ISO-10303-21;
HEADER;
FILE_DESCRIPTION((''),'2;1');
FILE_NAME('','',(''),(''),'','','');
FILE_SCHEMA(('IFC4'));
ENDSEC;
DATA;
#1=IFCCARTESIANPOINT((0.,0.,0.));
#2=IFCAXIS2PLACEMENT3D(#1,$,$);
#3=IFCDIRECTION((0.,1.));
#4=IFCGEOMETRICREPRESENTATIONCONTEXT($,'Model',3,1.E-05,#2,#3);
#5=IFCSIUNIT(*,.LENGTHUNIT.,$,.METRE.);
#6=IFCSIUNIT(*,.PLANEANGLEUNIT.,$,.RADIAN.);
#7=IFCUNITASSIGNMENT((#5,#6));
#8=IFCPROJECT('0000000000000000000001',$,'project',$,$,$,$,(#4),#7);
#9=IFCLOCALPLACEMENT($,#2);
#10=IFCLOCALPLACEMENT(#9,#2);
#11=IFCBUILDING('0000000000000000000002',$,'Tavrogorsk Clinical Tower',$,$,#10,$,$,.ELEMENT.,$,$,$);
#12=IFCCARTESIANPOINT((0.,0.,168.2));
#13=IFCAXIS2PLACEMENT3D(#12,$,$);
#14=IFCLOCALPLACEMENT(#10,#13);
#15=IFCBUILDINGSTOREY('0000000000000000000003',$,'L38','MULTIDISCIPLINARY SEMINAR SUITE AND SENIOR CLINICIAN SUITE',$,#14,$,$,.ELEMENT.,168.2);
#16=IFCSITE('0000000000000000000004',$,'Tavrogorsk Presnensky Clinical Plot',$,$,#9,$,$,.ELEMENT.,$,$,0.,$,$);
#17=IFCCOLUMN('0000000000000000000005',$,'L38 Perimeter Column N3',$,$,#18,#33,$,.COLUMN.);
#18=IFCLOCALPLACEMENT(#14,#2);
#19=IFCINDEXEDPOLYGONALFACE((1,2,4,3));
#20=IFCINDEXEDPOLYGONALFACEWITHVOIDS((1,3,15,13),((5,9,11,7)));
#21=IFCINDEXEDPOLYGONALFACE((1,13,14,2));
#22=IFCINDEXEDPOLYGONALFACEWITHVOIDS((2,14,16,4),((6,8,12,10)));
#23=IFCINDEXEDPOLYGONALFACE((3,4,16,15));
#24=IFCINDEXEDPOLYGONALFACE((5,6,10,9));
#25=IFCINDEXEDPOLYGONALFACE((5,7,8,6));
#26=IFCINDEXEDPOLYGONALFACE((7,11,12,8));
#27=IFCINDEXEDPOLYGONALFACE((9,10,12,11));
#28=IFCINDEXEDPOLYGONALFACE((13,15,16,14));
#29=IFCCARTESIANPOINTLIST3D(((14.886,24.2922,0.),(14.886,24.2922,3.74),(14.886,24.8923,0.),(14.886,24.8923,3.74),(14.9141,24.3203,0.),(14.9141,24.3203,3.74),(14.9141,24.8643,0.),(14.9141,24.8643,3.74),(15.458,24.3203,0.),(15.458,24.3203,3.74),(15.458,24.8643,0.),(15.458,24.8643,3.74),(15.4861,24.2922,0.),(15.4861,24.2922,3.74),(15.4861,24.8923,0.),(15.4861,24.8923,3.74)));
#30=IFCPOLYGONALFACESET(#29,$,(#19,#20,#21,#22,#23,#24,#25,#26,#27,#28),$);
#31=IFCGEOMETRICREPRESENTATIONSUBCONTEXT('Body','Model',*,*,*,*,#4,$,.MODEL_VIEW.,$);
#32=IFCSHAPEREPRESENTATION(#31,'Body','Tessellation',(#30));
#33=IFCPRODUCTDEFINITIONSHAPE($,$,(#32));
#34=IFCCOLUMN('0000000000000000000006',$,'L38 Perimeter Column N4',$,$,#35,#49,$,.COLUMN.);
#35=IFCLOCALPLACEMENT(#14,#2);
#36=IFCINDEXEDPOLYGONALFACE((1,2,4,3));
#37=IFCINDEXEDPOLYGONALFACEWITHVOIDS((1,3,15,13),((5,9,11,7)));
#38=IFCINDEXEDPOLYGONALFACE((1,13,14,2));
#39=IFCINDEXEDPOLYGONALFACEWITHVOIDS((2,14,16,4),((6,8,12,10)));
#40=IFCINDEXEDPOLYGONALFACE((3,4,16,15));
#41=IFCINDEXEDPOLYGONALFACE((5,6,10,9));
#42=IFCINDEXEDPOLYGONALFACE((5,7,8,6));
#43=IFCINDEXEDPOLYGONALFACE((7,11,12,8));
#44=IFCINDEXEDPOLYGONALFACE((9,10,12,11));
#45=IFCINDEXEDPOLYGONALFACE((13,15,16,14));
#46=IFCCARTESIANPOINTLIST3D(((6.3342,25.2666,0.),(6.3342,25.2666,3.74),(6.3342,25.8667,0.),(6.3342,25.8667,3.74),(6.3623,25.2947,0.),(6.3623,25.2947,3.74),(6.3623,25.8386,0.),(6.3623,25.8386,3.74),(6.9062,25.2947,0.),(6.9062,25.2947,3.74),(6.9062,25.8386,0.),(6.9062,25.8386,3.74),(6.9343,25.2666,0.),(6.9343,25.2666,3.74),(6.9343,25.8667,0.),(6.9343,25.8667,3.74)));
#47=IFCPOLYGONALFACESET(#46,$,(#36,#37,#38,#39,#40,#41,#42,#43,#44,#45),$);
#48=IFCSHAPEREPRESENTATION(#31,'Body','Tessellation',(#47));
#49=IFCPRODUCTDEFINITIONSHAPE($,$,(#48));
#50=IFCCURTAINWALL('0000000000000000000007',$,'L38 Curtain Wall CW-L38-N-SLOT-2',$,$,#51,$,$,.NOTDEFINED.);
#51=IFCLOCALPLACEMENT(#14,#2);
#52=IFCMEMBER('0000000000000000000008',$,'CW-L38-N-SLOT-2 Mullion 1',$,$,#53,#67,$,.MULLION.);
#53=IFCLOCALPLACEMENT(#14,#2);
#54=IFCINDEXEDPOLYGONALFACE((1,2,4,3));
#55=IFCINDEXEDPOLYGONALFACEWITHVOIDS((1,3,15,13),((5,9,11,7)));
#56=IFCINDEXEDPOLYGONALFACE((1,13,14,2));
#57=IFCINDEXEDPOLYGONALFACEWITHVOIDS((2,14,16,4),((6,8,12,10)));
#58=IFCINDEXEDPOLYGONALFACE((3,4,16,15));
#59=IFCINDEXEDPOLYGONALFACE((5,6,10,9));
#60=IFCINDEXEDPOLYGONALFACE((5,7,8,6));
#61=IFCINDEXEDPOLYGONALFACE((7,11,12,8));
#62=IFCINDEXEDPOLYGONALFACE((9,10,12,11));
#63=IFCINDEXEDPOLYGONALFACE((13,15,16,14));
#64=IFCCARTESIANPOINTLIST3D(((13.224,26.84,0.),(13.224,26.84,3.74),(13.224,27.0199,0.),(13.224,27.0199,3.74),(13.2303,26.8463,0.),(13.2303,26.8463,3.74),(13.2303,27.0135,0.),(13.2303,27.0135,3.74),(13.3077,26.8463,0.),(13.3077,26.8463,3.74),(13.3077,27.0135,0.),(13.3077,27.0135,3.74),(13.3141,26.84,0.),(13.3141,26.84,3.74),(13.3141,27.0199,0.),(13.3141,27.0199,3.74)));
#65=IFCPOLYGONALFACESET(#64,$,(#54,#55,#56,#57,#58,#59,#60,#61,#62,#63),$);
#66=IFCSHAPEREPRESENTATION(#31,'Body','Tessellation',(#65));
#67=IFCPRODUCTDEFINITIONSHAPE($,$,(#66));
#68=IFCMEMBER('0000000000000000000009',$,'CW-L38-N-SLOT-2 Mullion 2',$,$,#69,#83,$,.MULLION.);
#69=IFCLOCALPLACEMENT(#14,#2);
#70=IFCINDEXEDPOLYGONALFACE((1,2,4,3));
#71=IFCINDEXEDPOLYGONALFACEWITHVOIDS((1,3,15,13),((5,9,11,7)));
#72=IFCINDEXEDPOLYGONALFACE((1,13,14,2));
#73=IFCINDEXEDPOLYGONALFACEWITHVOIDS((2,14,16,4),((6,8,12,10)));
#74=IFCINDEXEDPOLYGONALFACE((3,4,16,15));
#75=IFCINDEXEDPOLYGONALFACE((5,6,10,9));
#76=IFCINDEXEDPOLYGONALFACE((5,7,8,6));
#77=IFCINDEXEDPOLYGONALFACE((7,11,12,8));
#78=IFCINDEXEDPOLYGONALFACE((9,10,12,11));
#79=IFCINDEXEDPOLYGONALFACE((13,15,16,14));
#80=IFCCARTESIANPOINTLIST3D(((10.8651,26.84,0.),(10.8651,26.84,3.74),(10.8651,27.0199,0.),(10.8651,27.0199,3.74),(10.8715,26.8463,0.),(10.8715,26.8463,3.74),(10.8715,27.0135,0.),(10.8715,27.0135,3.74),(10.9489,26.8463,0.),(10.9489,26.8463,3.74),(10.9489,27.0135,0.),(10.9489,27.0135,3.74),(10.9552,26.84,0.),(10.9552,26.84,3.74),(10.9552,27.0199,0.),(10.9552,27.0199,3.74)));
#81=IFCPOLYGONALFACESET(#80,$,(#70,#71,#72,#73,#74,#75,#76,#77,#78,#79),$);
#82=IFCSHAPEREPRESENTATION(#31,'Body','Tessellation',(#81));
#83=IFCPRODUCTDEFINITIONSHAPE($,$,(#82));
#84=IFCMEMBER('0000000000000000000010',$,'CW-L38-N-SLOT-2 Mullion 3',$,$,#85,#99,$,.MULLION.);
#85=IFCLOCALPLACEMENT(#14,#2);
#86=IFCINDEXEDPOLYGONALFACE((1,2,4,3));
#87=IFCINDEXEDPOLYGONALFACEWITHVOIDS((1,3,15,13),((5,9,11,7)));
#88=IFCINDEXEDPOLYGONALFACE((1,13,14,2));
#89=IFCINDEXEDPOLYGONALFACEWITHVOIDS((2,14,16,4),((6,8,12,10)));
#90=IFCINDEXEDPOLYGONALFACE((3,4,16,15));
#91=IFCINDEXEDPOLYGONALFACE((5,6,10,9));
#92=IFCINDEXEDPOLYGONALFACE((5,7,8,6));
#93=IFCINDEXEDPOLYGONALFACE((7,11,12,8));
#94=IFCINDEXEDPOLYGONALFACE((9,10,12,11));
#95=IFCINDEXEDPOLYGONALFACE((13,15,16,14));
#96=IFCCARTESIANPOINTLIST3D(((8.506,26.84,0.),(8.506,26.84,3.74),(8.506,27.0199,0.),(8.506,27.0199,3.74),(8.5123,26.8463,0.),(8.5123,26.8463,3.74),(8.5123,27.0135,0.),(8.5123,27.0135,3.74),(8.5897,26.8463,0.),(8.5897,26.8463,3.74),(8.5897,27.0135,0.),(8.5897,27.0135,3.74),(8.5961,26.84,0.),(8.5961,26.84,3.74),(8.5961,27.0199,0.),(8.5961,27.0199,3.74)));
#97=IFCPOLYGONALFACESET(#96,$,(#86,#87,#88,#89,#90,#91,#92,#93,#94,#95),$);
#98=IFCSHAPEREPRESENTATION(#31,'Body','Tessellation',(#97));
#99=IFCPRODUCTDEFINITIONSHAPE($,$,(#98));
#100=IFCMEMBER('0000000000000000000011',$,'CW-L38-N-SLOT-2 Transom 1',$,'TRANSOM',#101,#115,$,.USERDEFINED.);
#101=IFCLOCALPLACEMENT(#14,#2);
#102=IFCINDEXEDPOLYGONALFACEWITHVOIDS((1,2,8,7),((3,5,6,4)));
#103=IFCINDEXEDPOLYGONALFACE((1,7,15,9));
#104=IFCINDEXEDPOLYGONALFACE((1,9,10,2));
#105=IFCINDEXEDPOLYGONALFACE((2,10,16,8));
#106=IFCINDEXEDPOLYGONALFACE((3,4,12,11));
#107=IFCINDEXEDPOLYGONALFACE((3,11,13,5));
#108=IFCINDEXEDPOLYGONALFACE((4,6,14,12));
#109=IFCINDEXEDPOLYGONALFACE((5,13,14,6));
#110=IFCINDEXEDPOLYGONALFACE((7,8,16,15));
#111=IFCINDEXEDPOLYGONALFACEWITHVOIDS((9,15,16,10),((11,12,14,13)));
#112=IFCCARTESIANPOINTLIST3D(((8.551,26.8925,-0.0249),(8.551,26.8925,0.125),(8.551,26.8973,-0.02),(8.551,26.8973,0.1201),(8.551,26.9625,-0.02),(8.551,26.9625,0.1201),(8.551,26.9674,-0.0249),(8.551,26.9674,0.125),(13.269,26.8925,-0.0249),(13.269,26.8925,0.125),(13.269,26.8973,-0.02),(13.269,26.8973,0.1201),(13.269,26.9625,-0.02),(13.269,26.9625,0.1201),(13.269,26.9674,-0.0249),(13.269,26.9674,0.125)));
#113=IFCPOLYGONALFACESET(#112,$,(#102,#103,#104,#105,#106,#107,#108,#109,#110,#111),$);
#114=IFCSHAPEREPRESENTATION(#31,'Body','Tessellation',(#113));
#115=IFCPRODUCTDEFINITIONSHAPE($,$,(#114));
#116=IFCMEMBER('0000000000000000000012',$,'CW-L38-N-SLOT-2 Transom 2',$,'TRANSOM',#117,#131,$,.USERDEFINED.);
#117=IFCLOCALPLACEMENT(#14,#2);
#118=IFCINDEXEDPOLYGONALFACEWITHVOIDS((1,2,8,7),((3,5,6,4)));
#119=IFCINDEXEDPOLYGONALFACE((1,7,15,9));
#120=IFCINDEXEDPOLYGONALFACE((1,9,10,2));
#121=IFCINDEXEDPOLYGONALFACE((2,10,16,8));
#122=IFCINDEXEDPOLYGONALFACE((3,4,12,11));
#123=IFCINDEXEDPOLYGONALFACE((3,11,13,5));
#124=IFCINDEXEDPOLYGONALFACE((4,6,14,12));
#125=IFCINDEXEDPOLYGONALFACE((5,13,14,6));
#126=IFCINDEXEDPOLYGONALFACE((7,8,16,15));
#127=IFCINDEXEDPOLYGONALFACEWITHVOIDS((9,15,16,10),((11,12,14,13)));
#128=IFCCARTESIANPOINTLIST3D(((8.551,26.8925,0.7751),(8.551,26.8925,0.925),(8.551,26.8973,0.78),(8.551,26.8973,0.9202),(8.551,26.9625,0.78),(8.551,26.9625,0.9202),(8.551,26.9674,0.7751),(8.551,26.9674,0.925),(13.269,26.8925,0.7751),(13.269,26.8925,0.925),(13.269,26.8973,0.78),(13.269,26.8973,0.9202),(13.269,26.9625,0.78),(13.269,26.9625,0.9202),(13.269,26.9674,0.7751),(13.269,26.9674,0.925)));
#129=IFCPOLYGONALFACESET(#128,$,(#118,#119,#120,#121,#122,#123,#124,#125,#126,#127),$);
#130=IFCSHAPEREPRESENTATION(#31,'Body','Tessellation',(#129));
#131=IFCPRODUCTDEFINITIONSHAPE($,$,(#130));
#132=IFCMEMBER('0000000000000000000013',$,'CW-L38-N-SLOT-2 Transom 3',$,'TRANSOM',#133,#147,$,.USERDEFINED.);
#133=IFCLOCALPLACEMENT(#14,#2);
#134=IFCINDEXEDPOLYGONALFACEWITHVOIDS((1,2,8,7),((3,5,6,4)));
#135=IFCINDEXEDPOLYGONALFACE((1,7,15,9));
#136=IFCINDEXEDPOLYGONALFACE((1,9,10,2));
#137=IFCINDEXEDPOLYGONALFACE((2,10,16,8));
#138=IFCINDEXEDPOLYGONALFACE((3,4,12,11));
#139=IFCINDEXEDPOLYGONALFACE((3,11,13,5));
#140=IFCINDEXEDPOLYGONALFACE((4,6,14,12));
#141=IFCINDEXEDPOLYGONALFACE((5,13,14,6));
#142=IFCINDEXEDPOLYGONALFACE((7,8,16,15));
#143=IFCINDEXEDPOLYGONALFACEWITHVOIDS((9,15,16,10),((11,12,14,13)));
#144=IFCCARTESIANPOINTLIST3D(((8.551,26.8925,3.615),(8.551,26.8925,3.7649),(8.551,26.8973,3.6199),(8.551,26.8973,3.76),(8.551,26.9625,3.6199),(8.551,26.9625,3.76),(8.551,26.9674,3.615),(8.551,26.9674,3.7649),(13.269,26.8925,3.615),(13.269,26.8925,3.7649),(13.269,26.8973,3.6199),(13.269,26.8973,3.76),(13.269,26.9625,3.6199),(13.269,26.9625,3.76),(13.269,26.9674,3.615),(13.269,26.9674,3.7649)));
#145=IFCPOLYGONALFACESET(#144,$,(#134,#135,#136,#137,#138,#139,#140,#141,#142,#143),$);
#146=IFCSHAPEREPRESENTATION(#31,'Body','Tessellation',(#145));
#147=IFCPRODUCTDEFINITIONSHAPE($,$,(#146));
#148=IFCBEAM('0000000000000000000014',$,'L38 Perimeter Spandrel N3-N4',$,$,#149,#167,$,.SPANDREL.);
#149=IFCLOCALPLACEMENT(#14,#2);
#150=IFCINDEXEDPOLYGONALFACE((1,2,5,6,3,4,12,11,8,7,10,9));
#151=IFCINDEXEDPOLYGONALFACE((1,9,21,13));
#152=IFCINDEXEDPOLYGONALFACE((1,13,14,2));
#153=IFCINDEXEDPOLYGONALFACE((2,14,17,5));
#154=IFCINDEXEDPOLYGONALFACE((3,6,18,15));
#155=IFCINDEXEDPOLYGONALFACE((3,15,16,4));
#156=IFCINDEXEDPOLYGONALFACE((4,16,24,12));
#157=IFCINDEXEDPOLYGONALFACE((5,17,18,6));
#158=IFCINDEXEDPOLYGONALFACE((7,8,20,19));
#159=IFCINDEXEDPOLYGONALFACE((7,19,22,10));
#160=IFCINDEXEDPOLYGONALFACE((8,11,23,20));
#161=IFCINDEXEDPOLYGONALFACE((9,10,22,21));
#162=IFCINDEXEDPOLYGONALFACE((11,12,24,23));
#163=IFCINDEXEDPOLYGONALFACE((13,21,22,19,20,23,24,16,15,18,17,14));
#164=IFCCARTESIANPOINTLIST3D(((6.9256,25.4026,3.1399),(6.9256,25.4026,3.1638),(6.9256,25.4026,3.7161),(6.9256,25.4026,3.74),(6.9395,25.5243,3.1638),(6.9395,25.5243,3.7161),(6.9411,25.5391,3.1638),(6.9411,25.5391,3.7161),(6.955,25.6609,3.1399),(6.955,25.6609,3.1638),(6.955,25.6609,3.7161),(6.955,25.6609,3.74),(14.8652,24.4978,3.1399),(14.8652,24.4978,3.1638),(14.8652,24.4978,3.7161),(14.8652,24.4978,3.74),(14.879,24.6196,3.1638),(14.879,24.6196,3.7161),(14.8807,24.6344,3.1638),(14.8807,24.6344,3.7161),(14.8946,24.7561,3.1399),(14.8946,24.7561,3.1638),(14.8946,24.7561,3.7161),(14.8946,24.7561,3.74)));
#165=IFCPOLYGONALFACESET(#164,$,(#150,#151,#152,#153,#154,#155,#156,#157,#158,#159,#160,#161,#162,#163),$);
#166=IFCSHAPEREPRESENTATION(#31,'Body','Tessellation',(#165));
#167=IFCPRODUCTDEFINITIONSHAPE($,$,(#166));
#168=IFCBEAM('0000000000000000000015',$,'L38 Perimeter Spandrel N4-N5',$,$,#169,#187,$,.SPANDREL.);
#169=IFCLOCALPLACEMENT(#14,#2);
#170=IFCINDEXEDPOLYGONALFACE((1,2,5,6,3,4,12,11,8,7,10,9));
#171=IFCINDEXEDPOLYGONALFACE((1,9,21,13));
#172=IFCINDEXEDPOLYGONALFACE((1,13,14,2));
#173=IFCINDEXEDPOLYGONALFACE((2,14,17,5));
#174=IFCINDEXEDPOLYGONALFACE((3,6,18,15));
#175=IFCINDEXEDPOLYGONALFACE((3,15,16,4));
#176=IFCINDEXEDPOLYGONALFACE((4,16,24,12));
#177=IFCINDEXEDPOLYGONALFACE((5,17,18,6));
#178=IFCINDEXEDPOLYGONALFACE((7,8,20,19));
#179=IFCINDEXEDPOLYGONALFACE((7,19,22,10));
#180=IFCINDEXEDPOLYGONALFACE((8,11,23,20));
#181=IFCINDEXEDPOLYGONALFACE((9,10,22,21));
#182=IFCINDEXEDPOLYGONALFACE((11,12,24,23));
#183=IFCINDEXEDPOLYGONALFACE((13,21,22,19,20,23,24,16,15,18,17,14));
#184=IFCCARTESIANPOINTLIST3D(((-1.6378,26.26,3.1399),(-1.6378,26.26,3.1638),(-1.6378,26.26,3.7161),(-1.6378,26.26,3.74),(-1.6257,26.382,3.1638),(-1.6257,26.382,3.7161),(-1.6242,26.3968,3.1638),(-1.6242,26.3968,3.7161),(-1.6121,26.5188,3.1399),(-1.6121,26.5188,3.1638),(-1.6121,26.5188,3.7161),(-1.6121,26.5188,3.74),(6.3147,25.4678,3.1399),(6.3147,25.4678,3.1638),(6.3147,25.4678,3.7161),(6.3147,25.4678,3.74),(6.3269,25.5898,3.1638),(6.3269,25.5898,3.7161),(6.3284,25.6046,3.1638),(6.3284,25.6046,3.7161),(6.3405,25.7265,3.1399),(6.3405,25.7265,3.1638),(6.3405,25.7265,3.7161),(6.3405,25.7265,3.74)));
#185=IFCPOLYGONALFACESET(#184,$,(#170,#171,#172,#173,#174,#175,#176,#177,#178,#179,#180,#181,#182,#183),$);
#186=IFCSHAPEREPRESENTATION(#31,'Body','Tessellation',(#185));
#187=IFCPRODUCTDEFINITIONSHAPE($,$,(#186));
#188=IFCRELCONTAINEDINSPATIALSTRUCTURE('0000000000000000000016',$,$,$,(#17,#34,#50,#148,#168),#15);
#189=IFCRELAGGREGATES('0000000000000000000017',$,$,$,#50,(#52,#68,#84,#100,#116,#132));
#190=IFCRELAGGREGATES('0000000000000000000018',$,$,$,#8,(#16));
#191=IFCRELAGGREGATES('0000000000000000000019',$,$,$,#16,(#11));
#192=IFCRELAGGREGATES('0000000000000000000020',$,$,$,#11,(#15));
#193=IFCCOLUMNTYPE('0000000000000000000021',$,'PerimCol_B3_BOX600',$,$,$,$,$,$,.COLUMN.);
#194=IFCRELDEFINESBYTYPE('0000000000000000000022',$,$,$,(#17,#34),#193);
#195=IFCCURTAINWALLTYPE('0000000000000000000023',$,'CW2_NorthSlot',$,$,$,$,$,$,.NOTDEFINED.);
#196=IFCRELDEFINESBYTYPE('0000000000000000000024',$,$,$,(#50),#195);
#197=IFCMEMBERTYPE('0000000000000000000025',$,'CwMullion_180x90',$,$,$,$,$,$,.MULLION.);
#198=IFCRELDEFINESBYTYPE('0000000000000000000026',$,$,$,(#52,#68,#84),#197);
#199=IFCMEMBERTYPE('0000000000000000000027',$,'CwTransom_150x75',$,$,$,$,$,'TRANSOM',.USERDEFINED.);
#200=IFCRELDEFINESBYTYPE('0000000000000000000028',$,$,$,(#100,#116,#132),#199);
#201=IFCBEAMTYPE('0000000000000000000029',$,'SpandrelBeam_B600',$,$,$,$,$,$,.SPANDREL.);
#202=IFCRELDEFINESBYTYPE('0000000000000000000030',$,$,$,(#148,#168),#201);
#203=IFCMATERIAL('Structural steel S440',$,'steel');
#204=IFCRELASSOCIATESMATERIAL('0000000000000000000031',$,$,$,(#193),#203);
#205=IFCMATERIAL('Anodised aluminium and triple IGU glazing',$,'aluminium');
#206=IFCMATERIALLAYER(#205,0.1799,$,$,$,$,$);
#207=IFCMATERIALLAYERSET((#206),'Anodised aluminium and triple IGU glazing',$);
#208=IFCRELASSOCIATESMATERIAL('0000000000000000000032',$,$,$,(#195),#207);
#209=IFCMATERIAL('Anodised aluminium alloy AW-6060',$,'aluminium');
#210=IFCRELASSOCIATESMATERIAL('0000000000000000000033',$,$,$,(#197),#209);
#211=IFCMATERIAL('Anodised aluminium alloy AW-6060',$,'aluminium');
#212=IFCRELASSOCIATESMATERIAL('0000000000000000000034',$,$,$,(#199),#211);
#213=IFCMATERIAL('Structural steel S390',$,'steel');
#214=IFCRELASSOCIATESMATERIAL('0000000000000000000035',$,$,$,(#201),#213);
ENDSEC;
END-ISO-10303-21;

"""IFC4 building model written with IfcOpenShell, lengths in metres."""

from ifc_helpers import new_model, si_unit, direction, frame, origin, origin_2d, place, context, subcontext, project, spatial, hollow_rectangle, i_section, extrude, material, layer, layer_set, material_profile, profile_set, type_object, element, aggregate, save


model = new_model("IFC4")

# Units and contexts
model_context = context("Model", 3, precision=1e-05, world=origin(), true_north=direction((0.0, 1.0)))
body_context = subcontext(model_context, "Body", "Model", "MODEL_VIEW")
ifc_project = project(units=[si_unit("LENGTHUNIT", "METRE"), si_unit("PLANEANGLEUNIT", "RADIAN")], contexts=[model_context])

# Site, building, storey
site_placement = place(None, origin())
site = spatial("IfcSite", under=ifc_project, at=site_placement, Name="Tavrogorsk Presnensky Clinical Plot", CompositionType="ELEMENT", RefElevation=0.0)
building_placement = place(site_placement, origin())
building = spatial("IfcBuilding", under=site, at=building_placement, Name="Tavrogorsk Clinical Tower", CompositionType="ELEMENT")
storey_placement = place(building_placement, frame((0.0, 0.0, 168.2)))
storey = spatial("IfcBuildingStorey", under=building, at=storey_placement, Name="L38", Description="MULTIDISCIPLINARY SEMINAR SUITE AND SENIOR CLINICIAN SUITE", CompositionType="ELEMENT", Elevation=168.2)

# Columns
ifc_material_1 = material(Name="Structural steel S440", Category="steel")
ifc_material_profile_1 = material_profile(ifc_material_1, hollow_rectangle(XDim=0.6001, YDim=0.6001, WallThickness=0.0281, at=origin_2d()), Name="BOX-600x600x28")
ifc_profile_set_1 = profile_set([ifc_material_profile_1], Name="Structural steel S440")
column_type = type_object("IfcColumnType", Name="PerimCol_B3_BOX600", PredefinedType="COLUMN", material=ifc_profile_set_1)
for number, where, z_axis, x_axis, name in (
    (1, (15.186, 24.5923, 0.0), (0.0, 0.0, 1.0), (1.0, 0.0, 0.0), "L38 Perimeter Column N3"),
    (2, (6.6343, 25.5667, 0.0), (0.0, 0.0, 1.0), (1.0, 0.0, 0.0), "L38 Perimeter Column N4"),
):
    element("IfcColumn", number, at=place(storey_placement, frame(where, z_axis=z_axis, x_axis=x_axis)), inside=storey, type_object=column_type, Name=name, PredefinedType="COLUMN", context=body_context, shape_type="SweptSolid", body=[
        extrude(hollow_rectangle(XDim=0.6001, YDim=0.6001, WallThickness=0.0281, at=origin_2d()), origin(), (0.0, 0.0, 1.0), 3.74),
    ])

# Curtain wall, members
ifc_material_2 = material(Name="Anodised aluminium and triple IGU glazing", Category="aluminium")
ifc_layer_1 = layer(ifc_material_2, 0.1799)
ifc_layer_set_1 = layer_set([ifc_layer_1], Name="Anodised aluminium and triple IGU glazing")
curtain_wall_type = type_object("IfcCurtainWallType", Name="CW2_NorthSlot", PredefinedType="NOTDEFINED", material=ifc_layer_set_1)
curtain_wall_placement = place(storey_placement, origin())
curtain_wall = element("IfcCurtainWall", 3, at=curtain_wall_placement, inside=storey, type_object=curtain_wall_type, Name="L38 Curtain Wall CW-L38-N-SLOT-2", PredefinedType="NOTDEFINED")
ifc_material_3 = material(Name="Anodised aluminium alloy AW-6060", Category="aluminium")
ifc_material_profile_2 = material_profile(ifc_material_3, hollow_rectangle(XDim=0.0901, YDim=0.1799, WallThickness=0.0063, at=origin_2d()), Name="RHS-180x90x6.3")
ifc_profile_set_2 = profile_set([ifc_material_profile_2], Name="Anodised aluminium alloy AW-6060")
member_type_1 = type_object("IfcMemberType", Name="CwMullion_180x90", PredefinedType="MULLION", material=ifc_profile_set_2)
member_1_placement = place(storey_placement, frame((13.269, 26.9299, 0.0), z_axis=(0.0, 0.0, 1.0), x_axis=(-1.0, 0.0, 0.0)))
member_1 = element("IfcMember", 4, at=member_1_placement, type_object=member_type_1, Name="CW-L38-N-SLOT-2 Mullion 1", PredefinedType="MULLION", context=body_context, shape_type="SweptSolid", body=[
    extrude(hollow_rectangle(XDim=0.0901, YDim=0.1799, WallThickness=0.0063, at=origin_2d()), origin(), (0.0, 0.0, 1.0), 3.74),
])
member_2_placement = place(storey_placement, frame((10.9102, 26.9299, 0.0), z_axis=(0.0, 0.0, 1.0), x_axis=(-1.0, 0.0, 0.0)))
member_2 = element("IfcMember", 5, at=member_2_placement, type_object=member_type_1, Name="CW-L38-N-SLOT-2 Mullion 2", PredefinedType="MULLION", context=body_context, shape_type="SweptSolid", body=[
    extrude(hollow_rectangle(XDim=0.0901, YDim=0.1799, WallThickness=0.0063, at=origin_2d()), origin(), (0.0, 0.0, 1.0), 3.74),
])
member_3_placement = place(storey_placement, frame((8.551, 26.9299, 0.0), z_axis=(0.0, 0.0, 1.0), x_axis=(-1.0, 0.0, 0.0)))
member_3 = element("IfcMember", 6, at=member_3_placement, type_object=member_type_1, Name="CW-L38-N-SLOT-2 Mullion 3", PredefinedType="MULLION", context=body_context, shape_type="SweptSolid", body=[
    extrude(hollow_rectangle(XDim=0.0901, YDim=0.1799, WallThickness=0.0063, at=origin_2d()), origin(), (0.0, 0.0, 1.0), 3.74),
])
ifc_material_4 = material(Name="Anodised aluminium alloy AW-6060", Category="aluminium")
ifc_material_profile_3 = material_profile(ifc_material_4, hollow_rectangle(XDim=0.075, YDim=0.1499, WallThickness=0.0049, at=origin_2d()), Name="RHS-150x75x5")
ifc_profile_set_3 = profile_set([ifc_material_profile_3], Name="Anodised aluminium alloy AW-6060")
member_type_2 = type_object("IfcMemberType", Name="CwTransom_150x75", ElementType="TRANSOM", PredefinedType="USERDEFINED", material=ifc_profile_set_3)
member_4_placement = place(storey_placement, frame((13.269, 26.9299, 0.05), z_axis=(-1.0, 0.0, 0.0), x_axis=(0.0, -1.0, 0.0)))
member_4 = element("IfcMember", 7, at=member_4_placement, type_object=member_type_2, Name="CW-L38-N-SLOT-2 Transom 1", ObjectType="TRANSOM", PredefinedType="USERDEFINED", context=body_context, shape_type="SweptSolid", body=[
    extrude(hollow_rectangle(XDim=0.075, YDim=0.1499, WallThickness=0.0049, at=origin_2d()), origin(), (0.0, 0.0, 1.0), 4.718),
])
member_5_placement = place(storey_placement, frame((13.269, 26.9299, 0.8501), z_axis=(-1.0, 0.0, 0.0), x_axis=(0.0, -1.0, 0.0)))
member_5 = element("IfcMember", 8, at=member_5_placement, type_object=member_type_2, Name="CW-L38-N-SLOT-2 Transom 2", ObjectType="TRANSOM", PredefinedType="USERDEFINED", context=body_context, shape_type="SweptSolid", body=[
    extrude(hollow_rectangle(XDim=0.075, YDim=0.1499, WallThickness=0.0049, at=origin_2d()), origin(), (0.0, 0.0, 1.0), 4.718),
])
member_6_placement = place(storey_placement, frame((13.269, 26.9299, 3.6899), z_axis=(-1.0, 0.0, 0.0), x_axis=(0.0, -1.0, 0.0)))
member_6 = element("IfcMember", 9, at=member_6_placement, type_object=member_type_2, Name="CW-L38-N-SLOT-2 Transom 3", ObjectType="TRANSOM", PredefinedType="USERDEFINED", context=body_context, shape_type="SweptSolid", body=[
    extrude(hollow_rectangle(XDim=0.075, YDim=0.1499, WallThickness=0.0049, at=origin_2d()), origin(), (0.0, 0.0, 1.0), 4.718),
])

# Beams
ifc_material_5 = material(Name="Structural steel S390", Category="steel")
ifc_material_profile_4 = material_profile(ifc_material_5, i_section(OverallWidth=0.26, OverallDepth=0.6001, WebThickness=0.0149, FlangeThickness=0.0239, at=origin_2d()), Name="B-600x260x15x24")
ifc_profile_set_4 = profile_set([ifc_material_profile_4], Name="Structural steel S390")
beam_type = type_object("IfcBeamType", Name="SpandrelBeam_B600", PredefinedType="SPANDREL", material=ifc_profile_set_4)
beam_1_placement = place(storey_placement, frame((14.8799, 24.627, 3.4399), z_axis=(-0.993569, 0.113224, 0.0), x_axis=(-0.113224, -0.993569, 0.0)))
element("IfcBeam", 10, at=beam_1_placement, inside=storey, type_object=beam_type, Name="L38 Perimeter Spandrel N3-N4", PredefinedType="SPANDREL", context=body_context, shape_type="SweptSolid", body=[
    extrude(i_section(OverallWidth=0.26, OverallDepth=0.6001, WebThickness=0.0149, FlangeThickness=0.0239, at=origin_2d()), origin(), (0.0, 0.0, 1.0), 7.991),
])
beam_2_placement = place(storey_placement, frame((6.3276, 25.5972, 3.4399), z_axis=(-0.995075, 0.099129, 0.0), x_axis=(-0.099129, -0.995075, 0.0)))
element("IfcBeam", 11, at=beam_2_placement, inside=storey, type_object=beam_type, Name="L38 Perimeter Spandrel N4-N5", PredefinedType="SPANDREL", context=body_context, shape_type="SweptSolid", body=[
    extrude(i_section(OverallWidth=0.26, OverallDepth=0.6001, WebThickness=0.0149, FlangeThickness=0.0239, at=origin_2d()), origin(), (0.0, 0.0, 1.0), 7.9919),
])

aggregate(curtain_wall, [member_1, member_2, member_3, member_4, member_5, member_6])

save(model, "model.ifc")
